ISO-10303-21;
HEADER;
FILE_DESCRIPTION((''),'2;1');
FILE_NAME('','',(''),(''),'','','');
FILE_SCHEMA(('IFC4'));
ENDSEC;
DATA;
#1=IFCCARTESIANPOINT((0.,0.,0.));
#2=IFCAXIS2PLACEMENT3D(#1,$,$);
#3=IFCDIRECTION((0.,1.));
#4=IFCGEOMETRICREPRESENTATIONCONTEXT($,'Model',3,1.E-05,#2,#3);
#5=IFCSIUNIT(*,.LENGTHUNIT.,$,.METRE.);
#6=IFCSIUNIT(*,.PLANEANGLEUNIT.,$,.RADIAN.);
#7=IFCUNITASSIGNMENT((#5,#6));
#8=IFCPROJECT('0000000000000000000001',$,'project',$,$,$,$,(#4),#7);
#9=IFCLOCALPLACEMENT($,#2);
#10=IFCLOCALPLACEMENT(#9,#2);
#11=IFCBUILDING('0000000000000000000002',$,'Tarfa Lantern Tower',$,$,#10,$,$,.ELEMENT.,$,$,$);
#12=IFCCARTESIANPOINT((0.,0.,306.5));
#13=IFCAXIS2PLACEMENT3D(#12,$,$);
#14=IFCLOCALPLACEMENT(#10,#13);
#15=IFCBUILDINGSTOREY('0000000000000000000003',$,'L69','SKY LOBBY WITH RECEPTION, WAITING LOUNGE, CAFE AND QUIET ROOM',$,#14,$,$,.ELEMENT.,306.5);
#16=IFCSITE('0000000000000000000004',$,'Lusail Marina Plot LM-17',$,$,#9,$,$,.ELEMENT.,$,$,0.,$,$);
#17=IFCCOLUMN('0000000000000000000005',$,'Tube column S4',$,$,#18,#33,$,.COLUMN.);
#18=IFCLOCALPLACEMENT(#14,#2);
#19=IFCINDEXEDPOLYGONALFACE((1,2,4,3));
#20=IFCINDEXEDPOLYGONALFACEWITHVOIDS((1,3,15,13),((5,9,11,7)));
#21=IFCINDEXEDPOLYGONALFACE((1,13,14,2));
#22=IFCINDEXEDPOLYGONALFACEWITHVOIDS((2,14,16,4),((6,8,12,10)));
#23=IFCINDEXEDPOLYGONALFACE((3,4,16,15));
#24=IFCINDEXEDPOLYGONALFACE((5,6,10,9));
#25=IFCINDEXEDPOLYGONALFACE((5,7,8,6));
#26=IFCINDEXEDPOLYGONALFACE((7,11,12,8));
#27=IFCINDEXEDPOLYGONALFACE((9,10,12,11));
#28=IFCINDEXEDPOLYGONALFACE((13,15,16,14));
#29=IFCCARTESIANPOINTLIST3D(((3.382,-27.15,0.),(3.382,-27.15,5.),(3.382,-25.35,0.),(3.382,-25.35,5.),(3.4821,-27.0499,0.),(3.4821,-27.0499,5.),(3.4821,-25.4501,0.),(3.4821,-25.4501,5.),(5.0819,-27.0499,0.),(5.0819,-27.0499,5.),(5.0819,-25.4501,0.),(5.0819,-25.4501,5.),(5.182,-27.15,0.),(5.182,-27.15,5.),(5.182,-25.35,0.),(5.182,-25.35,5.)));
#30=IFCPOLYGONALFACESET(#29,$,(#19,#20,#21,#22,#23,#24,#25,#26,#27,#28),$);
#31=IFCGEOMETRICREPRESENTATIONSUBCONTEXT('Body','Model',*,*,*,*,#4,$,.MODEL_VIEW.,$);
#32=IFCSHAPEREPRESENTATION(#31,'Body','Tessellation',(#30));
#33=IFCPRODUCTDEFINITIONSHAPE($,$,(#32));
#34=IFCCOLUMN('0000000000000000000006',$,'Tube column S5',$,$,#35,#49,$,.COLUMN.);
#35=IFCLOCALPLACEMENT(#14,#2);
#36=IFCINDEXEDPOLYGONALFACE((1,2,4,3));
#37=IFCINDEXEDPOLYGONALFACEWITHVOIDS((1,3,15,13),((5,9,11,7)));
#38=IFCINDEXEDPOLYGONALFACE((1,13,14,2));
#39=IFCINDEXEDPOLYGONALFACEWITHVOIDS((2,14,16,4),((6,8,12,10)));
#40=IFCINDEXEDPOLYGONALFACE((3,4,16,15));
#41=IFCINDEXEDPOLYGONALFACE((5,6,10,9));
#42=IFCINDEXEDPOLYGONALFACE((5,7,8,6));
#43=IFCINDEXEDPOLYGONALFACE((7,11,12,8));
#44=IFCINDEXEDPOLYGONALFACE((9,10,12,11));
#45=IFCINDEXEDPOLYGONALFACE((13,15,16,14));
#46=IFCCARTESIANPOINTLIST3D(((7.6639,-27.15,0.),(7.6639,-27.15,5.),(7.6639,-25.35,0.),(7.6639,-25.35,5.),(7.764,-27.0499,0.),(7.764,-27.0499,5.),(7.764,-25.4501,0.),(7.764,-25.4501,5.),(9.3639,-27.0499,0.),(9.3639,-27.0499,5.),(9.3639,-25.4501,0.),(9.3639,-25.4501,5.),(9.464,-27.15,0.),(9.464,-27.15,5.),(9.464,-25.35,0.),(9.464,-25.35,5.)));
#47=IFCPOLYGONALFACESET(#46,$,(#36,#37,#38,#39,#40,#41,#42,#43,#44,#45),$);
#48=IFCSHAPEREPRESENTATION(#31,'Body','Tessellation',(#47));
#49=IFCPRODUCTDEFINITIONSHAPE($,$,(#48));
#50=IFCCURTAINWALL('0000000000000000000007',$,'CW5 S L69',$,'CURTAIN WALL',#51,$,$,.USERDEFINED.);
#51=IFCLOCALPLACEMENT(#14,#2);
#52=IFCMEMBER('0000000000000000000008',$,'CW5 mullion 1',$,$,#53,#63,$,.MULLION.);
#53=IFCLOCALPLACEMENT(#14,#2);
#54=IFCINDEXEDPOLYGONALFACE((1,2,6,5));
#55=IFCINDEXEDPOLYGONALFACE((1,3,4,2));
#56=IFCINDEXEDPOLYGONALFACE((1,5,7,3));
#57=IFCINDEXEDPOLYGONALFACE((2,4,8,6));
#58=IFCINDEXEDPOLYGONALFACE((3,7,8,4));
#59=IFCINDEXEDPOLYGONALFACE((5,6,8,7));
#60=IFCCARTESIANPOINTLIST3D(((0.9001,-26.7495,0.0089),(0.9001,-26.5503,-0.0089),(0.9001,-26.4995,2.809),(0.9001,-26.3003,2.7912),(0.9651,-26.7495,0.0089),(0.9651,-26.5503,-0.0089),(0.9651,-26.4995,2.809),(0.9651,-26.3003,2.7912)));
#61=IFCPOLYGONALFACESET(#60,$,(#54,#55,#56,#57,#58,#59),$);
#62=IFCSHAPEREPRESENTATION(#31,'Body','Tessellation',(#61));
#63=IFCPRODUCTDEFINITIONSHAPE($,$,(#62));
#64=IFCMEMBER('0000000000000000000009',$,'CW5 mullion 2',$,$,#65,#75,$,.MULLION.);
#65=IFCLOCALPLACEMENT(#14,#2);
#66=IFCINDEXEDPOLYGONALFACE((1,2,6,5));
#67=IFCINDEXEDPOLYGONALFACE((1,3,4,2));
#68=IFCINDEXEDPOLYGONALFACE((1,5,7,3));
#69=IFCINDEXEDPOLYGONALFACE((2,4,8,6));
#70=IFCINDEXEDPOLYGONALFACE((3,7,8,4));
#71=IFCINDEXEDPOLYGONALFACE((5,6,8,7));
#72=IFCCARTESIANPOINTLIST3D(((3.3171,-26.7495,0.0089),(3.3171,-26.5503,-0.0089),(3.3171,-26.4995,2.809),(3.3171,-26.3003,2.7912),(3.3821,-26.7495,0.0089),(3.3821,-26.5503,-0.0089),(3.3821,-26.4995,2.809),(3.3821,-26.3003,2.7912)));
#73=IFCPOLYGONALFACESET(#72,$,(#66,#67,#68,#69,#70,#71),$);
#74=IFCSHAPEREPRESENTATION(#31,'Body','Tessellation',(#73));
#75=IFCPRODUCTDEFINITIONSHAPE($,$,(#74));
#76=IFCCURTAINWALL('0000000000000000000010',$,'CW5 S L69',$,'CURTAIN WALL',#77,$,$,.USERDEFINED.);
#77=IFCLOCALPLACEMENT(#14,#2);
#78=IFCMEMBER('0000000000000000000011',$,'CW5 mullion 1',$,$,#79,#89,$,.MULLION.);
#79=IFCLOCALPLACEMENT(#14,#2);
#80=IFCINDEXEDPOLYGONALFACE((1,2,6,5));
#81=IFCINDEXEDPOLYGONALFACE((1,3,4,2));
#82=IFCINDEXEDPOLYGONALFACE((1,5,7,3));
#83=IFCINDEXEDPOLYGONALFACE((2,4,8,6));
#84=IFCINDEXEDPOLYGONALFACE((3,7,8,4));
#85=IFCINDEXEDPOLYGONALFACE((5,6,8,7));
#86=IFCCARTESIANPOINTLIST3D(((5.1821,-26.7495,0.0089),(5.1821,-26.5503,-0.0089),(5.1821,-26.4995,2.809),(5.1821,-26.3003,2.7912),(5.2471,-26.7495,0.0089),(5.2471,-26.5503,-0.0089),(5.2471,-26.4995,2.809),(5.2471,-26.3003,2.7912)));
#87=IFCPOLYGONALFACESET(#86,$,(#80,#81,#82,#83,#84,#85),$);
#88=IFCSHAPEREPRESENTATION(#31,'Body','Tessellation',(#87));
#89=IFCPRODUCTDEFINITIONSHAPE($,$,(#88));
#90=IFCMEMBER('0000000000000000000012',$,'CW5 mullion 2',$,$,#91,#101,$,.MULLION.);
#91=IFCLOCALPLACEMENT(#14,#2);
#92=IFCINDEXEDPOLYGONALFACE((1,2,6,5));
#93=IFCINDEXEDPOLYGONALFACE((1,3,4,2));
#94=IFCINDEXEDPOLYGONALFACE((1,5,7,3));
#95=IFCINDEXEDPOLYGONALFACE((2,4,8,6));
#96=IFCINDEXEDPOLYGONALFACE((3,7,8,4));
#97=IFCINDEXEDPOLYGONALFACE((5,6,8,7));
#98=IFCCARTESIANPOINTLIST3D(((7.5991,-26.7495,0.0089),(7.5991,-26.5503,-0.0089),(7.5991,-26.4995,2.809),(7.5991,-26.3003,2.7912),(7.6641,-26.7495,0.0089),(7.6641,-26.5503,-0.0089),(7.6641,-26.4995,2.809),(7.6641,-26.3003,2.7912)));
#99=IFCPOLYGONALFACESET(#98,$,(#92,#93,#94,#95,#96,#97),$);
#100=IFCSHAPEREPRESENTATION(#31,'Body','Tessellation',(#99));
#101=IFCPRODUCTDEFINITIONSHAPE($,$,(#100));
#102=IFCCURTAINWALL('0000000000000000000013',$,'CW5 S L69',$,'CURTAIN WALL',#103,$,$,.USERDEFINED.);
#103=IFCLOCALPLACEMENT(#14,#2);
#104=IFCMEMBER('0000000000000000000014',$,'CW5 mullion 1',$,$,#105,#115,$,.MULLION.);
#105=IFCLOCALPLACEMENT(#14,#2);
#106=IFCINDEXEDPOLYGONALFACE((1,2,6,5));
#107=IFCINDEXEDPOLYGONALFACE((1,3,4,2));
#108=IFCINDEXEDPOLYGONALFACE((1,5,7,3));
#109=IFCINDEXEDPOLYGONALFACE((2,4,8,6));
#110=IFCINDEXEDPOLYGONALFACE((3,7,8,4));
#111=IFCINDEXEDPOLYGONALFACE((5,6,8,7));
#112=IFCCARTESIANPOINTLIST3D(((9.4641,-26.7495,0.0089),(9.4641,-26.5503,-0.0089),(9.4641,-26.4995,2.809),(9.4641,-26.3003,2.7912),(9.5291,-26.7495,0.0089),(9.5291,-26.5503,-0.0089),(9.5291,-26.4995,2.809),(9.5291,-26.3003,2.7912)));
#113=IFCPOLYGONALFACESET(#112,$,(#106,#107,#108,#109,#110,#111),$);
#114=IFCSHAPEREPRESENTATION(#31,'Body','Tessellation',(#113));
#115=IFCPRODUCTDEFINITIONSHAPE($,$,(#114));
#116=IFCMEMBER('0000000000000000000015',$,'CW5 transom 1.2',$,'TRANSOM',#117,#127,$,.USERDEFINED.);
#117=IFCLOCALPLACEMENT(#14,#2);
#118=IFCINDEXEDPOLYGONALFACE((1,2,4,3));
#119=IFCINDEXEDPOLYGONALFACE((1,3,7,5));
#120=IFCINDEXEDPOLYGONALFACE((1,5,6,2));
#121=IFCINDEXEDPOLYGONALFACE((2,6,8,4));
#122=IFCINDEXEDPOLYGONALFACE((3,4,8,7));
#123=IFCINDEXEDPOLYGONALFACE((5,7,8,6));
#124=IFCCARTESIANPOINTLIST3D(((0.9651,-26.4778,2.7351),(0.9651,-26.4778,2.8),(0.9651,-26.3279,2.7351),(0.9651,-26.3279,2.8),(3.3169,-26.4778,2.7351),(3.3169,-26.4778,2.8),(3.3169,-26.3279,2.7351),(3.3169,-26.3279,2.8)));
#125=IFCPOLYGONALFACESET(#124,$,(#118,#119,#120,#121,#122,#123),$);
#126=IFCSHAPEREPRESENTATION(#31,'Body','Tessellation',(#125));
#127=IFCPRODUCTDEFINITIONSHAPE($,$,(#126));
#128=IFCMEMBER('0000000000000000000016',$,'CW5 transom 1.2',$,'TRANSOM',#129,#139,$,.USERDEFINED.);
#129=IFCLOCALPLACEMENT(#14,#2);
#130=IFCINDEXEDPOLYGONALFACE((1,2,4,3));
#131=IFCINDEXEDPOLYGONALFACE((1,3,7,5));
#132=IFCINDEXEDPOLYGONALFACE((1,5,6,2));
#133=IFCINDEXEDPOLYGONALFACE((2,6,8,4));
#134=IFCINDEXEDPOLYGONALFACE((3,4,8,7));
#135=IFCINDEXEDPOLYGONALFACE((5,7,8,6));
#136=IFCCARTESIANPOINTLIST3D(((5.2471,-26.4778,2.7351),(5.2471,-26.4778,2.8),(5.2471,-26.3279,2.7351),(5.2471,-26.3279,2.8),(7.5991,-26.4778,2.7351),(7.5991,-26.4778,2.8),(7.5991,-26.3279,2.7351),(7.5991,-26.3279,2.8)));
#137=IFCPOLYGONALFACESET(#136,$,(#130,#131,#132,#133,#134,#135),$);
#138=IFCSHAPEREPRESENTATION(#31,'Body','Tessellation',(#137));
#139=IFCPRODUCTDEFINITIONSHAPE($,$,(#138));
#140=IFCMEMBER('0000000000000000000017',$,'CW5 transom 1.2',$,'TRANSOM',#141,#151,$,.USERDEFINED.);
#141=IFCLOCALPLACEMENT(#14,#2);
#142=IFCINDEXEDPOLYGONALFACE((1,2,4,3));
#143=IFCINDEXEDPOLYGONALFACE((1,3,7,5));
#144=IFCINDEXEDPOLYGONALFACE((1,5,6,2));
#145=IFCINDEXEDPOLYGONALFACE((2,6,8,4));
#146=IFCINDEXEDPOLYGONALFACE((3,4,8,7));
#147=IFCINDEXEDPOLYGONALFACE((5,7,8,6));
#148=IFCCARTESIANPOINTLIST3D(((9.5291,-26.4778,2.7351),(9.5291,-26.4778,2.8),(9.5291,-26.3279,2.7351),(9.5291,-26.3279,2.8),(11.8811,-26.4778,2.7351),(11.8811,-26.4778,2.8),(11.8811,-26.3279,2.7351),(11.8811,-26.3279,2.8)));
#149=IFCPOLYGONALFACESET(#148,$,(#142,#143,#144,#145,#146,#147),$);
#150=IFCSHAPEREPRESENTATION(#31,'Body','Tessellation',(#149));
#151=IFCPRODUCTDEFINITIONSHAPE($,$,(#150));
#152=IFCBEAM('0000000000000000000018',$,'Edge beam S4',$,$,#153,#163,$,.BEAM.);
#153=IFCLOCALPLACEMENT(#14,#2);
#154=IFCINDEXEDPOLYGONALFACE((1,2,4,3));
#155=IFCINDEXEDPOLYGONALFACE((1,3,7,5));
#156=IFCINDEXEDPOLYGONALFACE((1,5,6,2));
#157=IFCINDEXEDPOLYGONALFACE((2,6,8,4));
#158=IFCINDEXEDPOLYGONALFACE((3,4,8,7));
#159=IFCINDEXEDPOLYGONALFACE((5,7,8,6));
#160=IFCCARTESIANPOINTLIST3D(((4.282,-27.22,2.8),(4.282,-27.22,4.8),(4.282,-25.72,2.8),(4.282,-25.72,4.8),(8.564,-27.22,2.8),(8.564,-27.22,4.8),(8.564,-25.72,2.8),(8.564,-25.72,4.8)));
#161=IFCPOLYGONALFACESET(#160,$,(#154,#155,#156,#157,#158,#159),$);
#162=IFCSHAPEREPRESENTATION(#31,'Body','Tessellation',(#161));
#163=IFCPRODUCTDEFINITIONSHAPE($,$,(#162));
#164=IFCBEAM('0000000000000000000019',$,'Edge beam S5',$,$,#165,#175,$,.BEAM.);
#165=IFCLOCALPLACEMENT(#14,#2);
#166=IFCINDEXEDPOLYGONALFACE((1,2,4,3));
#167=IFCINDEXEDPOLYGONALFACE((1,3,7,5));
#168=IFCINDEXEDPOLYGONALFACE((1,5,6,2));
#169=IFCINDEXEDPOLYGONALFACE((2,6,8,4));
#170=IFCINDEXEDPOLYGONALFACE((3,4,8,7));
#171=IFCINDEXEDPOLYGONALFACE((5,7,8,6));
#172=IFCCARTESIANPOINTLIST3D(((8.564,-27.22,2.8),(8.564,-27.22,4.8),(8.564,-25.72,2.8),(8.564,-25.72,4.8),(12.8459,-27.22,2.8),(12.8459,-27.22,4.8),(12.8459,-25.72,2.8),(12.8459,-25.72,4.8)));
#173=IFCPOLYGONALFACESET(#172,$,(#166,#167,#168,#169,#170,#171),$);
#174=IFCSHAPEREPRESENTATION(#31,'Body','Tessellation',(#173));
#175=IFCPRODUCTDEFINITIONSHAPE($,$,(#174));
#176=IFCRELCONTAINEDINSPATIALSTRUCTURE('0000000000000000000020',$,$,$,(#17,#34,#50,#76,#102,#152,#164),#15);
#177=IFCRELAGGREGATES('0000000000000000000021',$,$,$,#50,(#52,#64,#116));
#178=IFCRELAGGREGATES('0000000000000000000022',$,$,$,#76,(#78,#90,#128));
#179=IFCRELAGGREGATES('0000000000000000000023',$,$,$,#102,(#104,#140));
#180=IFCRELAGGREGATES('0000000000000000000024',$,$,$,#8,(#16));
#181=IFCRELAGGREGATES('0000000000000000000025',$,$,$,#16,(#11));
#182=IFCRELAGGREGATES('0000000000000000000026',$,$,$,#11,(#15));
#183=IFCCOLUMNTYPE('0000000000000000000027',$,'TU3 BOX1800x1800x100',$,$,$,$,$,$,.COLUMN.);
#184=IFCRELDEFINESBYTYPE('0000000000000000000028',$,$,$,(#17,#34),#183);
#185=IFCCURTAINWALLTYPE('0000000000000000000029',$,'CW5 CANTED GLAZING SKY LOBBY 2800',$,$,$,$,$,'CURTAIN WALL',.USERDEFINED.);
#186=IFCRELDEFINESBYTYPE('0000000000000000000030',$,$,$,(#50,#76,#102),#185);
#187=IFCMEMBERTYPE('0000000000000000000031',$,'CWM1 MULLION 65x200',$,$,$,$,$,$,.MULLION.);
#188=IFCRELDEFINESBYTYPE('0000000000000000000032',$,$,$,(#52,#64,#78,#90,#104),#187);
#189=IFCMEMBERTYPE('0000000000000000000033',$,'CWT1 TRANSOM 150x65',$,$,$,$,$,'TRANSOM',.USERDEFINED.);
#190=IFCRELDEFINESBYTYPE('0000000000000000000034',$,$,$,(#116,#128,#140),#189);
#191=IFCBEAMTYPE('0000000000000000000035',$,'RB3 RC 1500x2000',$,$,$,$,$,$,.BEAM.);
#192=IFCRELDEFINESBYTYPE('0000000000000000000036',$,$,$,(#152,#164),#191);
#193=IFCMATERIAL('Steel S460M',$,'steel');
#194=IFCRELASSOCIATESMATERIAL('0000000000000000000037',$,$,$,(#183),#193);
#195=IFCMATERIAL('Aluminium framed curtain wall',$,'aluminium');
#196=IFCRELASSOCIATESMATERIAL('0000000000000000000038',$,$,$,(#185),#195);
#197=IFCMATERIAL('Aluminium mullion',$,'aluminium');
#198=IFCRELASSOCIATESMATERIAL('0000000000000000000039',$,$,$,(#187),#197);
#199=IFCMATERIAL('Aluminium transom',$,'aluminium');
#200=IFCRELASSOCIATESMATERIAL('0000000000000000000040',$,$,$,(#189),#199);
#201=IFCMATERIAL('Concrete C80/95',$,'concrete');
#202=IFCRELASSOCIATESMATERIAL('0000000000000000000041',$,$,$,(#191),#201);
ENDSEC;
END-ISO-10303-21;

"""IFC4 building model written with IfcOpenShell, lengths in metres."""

from ifc_helpers import new_model, si_unit, direction, frame, origin, origin_2d, place, context, subcontext, project, spatial, rectangle, hollow_rectangle, extrude, material, material_profile, profile_set, type_object, element, aggregate, save


model = new_model("IFC4")

# Units and contexts
model_context = context("Model", 3, precision=1e-05, world=origin(), true_north=direction((0.0, 1.0)))
body_context = subcontext(model_context, "Body", "Model", "MODEL_VIEW")
ifc_project = project(units=[si_unit("LENGTHUNIT", "METRE"), si_unit("PLANEANGLEUNIT", "RADIAN")], contexts=[model_context])

# Site, building, storey
site_placement = place(None, origin())
site = spatial("IfcSite", under=ifc_project, at=site_placement, Name="Lusail Marina Plot LM-17", CompositionType="ELEMENT", RefElevation=0.0)
building_placement = place(site_placement, origin())
building = spatial("IfcBuilding", under=site, at=building_placement, Name="Tarfa Lantern Tower", CompositionType="ELEMENT")
storey_placement = place(building_placement, frame((0.0, 0.0, 306.5)))
storey = spatial("IfcBuildingStorey", under=building, at=storey_placement, Name="L69", Description="SKY LOBBY WITH RECEPTION, WAITING LOUNGE, CAFE AND QUIET ROOM", CompositionType="ELEMENT", Elevation=306.5)

# Columns
ifc_material_1 = material(Name="Steel S460M", Category="steel")
ifc_material_profile_1 = material_profile(ifc_material_1, hollow_rectangle(XDim=1.8, YDim=1.8, WallThickness=0.1001, at=origin_2d()), Name="BOX1800x1800x100")
ifc_profile_set_1 = profile_set([ifc_material_profile_1], Name="Steel S460M")
column_type = type_object("IfcColumnType", Name="TU3 BOX1800x1800x100", PredefinedType="COLUMN", material=ifc_profile_set_1)
for number, where, z_axis, x_axis, name in (
    (1, (4.282, -26.25, 0.0), (0.0, 0.0, 1.0), (1.0, 0.0, 0.0), "Tube column S4"),
    (2, (8.564, -26.25, 0.0), (0.0, 0.0, 1.0), (1.0, 0.0, 0.0), "Tube column S5"),
):
    element("IfcColumn", number, at=place(storey_placement, frame(where, z_axis=z_axis, x_axis=x_axis)), inside=storey, type_object=column_type, Name=name, PredefinedType="COLUMN", context=body_context, shape_type="SweptSolid", body=[
        extrude(hollow_rectangle(XDim=1.8, YDim=1.8, WallThickness=0.1001, at=origin_2d()), origin(), (0.0, 0.0, 1.0), 5.0),
    ])

# Curtain walls, members
ifc_material_2 = material(Name="Aluminium framed curtain wall", Category="aluminium")
curtain_wall_type = type_object("IfcCurtainWallType", Name="CW5 CANTED GLAZING SKY LOBBY 2800", ElementType="CURTAIN WALL", PredefinedType="USERDEFINED", material=ifc_material_2)
curtain_wall_1_placement = place(storey_placement, origin())
curtain_wall_1 = element("IfcCurtainWall", 3, at=curtain_wall_1_placement, inside=storey, type_object=curtain_wall_type, Name="CW5 S L69", ObjectType="CURTAIN WALL", PredefinedType="USERDEFINED")
ifc_material_3 = material(Name="Aluminium mullion", Category="aluminium")
ifc_material_profile_2 = material_profile(ifc_material_3, rectangle(XDim=0.0649, YDim=0.2, at=origin_2d()), Name="AL MULLION 65x200")
ifc_profile_set_2 = profile_set([ifc_material_profile_2], Name="Aluminium mullion")
member_type_1 = type_object("IfcMemberType", Name="CWM1 MULLION 65x200", PredefinedType="MULLION", material=ifc_profile_set_2)
member_1_placement = place(storey_placement, frame((0.9326, -26.6499, 0.0), z_axis=(0.0, 0.08893, 0.996038), x_axis=(-1.0, 0.0, 0.0)))
member_1 = element("IfcMember", 4, at=member_1_placement, type_object=member_type_1, Name="CW5 mullion 1", PredefinedType="MULLION", context=body_context, shape_type="SweptSolid", body=[
    extrude(rectangle(XDim=0.0649, YDim=0.2, at=origin_2d()), origin(), (0.0, 0.0, 1.0), 2.8113),
])
member_2_placement = place(storey_placement, frame((3.3496, -26.6499, 0.0), z_axis=(0.0, 0.08893, 0.996038), x_axis=(-1.0, 0.0, 0.0)))
member_2 = element("IfcMember", 5, at=member_2_placement, type_object=member_type_1, Name="CW5 mullion 2", PredefinedType="MULLION", context=body_context, shape_type="SweptSolid", body=[
    extrude(rectangle(XDim=0.0649, YDim=0.2, at=origin_2d()), origin(), (0.0, 0.0, 1.0), 2.8113),
])
curtain_wall_2_placement = place(storey_placement, origin())
curtain_wall_2 = element("IfcCurtainWall", 6, at=curtain_wall_2_placement, inside=storey, type_object=curtain_wall_type, Name="CW5 S L69", ObjectType="CURTAIN WALL", PredefinedType="USERDEFINED")
member_3_placement = place(storey_placement, frame((5.2146, -26.6499, 0.0), z_axis=(0.0, 0.08893, 0.996038), x_axis=(-1.0, 0.0, 0.0)))
member_3 = element("IfcMember", 7, at=member_3_placement, type_object=member_type_1, Name="CW5 mullion 1", PredefinedType="MULLION", context=body_context, shape_type="SweptSolid", body=[
    extrude(rectangle(XDim=0.0649, YDim=0.2, at=origin_2d()), origin(), (0.0, 0.0, 1.0), 2.8113),
])
member_4_placement = place(storey_placement, frame((7.6316, -26.6499, 0.0), z_axis=(0.0, 0.08893, 0.996038), x_axis=(-1.0, 0.0, 0.0)))
member_4 = element("IfcMember", 8, at=member_4_placement, type_object=member_type_1, Name="CW5 mullion 2", PredefinedType="MULLION", context=body_context, shape_type="SweptSolid", body=[
    extrude(rectangle(XDim=0.0649, YDim=0.2, at=origin_2d()), origin(), (0.0, 0.0, 1.0), 2.8113),
])

# Curtain wall, member
curtain_wall_3_placement = place(storey_placement, origin())
curtain_wall_3 = element("IfcCurtainWall", 9, at=curtain_wall_3_placement, inside=storey, type_object=curtain_wall_type, Name="CW5 S L69", ObjectType="CURTAIN WALL", PredefinedType="USERDEFINED")
member_5_placement = place(storey_placement, frame((9.4966, -26.6499, 0.0), z_axis=(0.0, 0.08893, 0.996038), x_axis=(-1.0, 0.0, 0.0)))
member_5 = element("IfcMember", 10, at=member_5_placement, type_object=member_type_1, Name="CW5 mullion 1", PredefinedType="MULLION", context=body_context, shape_type="SweptSolid", body=[
    extrude(rectangle(XDim=0.0649, YDim=0.2, at=origin_2d()), origin(), (0.0, 0.0, 1.0), 2.8113),
])

# Members
ifc_material_4 = material(Name="Aluminium transom", Category="aluminium")
ifc_material_profile_3 = material_profile(ifc_material_4, rectangle(XDim=0.1499, YDim=0.0649, at=origin_2d()), Name="AL TRANSOM 150x65")
ifc_profile_set_3 = profile_set([ifc_material_profile_3], Name="Aluminium transom")
member_type_2 = type_object("IfcMemberType", Name="CWT1 TRANSOM 150x65", ElementType="TRANSOM", PredefinedType="USERDEFINED", material=ifc_profile_set_3)
member_6_placement = place(storey_placement, frame((0.9651, -26.4028, 2.7676), z_axis=(1.0, 0.0, 0.0), x_axis=(0.0, 1.0, 0.0)))
member_6 = element("IfcMember", 11, at=member_6_placement, type_object=member_type_2, Name="CW5 transom 1.2", ObjectType="TRANSOM", PredefinedType="USERDEFINED", context=body_context, shape_type="SweptSolid", body=[
    extrude(rectangle(XDim=0.1499, YDim=0.0649, at=origin_2d()), origin(), (0.0, 0.0, 1.0), 2.3518),
])
member_7_placement = place(storey_placement, frame((5.2471, -26.4028, 2.7676), z_axis=(1.0, 0.0, 0.0), x_axis=(0.0, 1.0, 0.0)))
member_7 = element("IfcMember", 12, at=member_7_placement, type_object=member_type_2, Name="CW5 transom 1.2", ObjectType="TRANSOM", PredefinedType="USERDEFINED", context=body_context, shape_type="SweptSolid", body=[
    extrude(rectangle(XDim=0.1499, YDim=0.0649, at=origin_2d()), origin(), (0.0, 0.0, 1.0), 2.3521),
])
member_8_placement = place(storey_placement, frame((9.5291, -26.4028, 2.7676), z_axis=(1.0, 0.0, 0.0), x_axis=(0.0, 1.0, 0.0)))
member_8 = element("IfcMember", 13, at=member_8_placement, type_object=member_type_2, Name="CW5 transom 1.2", ObjectType="TRANSOM", PredefinedType="USERDEFINED", context=body_context, shape_type="SweptSolid", body=[
    extrude(rectangle(XDim=0.1499, YDim=0.0649, at=origin_2d()), origin(), (0.0, 0.0, 1.0), 2.3521),
])

# Beams
ifc_material_5 = material(Name="Concrete C80/95", Category="concrete")
ifc_material_profile_4 = material_profile(ifc_material_5, rectangle(XDim=1.5, YDim=2.0, at=origin_2d()), Name="RC 1500x2000")
ifc_profile_set_4 = profile_set([ifc_material_profile_4], Name="Concrete C80/95")
beam_type_1 = type_object("IfcBeamType", Name="RB3 RC 1500x2000", PredefinedType="BEAM", material=ifc_profile_set_4)
for number, where, z_axis, x_axis, name in (
    (14, (4.282, -26.47, 3.8), (1.0, 0.0, 0.0), (0.0, 1.0, 0.0), "Edge beam S4"),
    (15, (8.564, -26.47, 3.8), (1.0, 0.0, 0.0), (0.0, 1.0, 0.0), "Edge beam S5"),
):
    element("IfcBeam", number, at=place(storey_placement, frame(where, z_axis=z_axis, x_axis=x_axis)), inside=storey, type_object=beam_type_1, Name=name, PredefinedType="BEAM", context=body_context, shape_type="SweptSolid", body=[
        extrude(rectangle(XDim=1.5, YDim=2.0, at=origin_2d()), origin(), (0.0, 0.0, 1.0), 4.282),
    ])

aggregate(curtain_wall_1, [member_1, member_2, member_6])
aggregate(curtain_wall_2, [member_3, member_4, member_7])
aggregate(curtain_wall_3, [member_5, member_8])

save(model, "model.ifc")
